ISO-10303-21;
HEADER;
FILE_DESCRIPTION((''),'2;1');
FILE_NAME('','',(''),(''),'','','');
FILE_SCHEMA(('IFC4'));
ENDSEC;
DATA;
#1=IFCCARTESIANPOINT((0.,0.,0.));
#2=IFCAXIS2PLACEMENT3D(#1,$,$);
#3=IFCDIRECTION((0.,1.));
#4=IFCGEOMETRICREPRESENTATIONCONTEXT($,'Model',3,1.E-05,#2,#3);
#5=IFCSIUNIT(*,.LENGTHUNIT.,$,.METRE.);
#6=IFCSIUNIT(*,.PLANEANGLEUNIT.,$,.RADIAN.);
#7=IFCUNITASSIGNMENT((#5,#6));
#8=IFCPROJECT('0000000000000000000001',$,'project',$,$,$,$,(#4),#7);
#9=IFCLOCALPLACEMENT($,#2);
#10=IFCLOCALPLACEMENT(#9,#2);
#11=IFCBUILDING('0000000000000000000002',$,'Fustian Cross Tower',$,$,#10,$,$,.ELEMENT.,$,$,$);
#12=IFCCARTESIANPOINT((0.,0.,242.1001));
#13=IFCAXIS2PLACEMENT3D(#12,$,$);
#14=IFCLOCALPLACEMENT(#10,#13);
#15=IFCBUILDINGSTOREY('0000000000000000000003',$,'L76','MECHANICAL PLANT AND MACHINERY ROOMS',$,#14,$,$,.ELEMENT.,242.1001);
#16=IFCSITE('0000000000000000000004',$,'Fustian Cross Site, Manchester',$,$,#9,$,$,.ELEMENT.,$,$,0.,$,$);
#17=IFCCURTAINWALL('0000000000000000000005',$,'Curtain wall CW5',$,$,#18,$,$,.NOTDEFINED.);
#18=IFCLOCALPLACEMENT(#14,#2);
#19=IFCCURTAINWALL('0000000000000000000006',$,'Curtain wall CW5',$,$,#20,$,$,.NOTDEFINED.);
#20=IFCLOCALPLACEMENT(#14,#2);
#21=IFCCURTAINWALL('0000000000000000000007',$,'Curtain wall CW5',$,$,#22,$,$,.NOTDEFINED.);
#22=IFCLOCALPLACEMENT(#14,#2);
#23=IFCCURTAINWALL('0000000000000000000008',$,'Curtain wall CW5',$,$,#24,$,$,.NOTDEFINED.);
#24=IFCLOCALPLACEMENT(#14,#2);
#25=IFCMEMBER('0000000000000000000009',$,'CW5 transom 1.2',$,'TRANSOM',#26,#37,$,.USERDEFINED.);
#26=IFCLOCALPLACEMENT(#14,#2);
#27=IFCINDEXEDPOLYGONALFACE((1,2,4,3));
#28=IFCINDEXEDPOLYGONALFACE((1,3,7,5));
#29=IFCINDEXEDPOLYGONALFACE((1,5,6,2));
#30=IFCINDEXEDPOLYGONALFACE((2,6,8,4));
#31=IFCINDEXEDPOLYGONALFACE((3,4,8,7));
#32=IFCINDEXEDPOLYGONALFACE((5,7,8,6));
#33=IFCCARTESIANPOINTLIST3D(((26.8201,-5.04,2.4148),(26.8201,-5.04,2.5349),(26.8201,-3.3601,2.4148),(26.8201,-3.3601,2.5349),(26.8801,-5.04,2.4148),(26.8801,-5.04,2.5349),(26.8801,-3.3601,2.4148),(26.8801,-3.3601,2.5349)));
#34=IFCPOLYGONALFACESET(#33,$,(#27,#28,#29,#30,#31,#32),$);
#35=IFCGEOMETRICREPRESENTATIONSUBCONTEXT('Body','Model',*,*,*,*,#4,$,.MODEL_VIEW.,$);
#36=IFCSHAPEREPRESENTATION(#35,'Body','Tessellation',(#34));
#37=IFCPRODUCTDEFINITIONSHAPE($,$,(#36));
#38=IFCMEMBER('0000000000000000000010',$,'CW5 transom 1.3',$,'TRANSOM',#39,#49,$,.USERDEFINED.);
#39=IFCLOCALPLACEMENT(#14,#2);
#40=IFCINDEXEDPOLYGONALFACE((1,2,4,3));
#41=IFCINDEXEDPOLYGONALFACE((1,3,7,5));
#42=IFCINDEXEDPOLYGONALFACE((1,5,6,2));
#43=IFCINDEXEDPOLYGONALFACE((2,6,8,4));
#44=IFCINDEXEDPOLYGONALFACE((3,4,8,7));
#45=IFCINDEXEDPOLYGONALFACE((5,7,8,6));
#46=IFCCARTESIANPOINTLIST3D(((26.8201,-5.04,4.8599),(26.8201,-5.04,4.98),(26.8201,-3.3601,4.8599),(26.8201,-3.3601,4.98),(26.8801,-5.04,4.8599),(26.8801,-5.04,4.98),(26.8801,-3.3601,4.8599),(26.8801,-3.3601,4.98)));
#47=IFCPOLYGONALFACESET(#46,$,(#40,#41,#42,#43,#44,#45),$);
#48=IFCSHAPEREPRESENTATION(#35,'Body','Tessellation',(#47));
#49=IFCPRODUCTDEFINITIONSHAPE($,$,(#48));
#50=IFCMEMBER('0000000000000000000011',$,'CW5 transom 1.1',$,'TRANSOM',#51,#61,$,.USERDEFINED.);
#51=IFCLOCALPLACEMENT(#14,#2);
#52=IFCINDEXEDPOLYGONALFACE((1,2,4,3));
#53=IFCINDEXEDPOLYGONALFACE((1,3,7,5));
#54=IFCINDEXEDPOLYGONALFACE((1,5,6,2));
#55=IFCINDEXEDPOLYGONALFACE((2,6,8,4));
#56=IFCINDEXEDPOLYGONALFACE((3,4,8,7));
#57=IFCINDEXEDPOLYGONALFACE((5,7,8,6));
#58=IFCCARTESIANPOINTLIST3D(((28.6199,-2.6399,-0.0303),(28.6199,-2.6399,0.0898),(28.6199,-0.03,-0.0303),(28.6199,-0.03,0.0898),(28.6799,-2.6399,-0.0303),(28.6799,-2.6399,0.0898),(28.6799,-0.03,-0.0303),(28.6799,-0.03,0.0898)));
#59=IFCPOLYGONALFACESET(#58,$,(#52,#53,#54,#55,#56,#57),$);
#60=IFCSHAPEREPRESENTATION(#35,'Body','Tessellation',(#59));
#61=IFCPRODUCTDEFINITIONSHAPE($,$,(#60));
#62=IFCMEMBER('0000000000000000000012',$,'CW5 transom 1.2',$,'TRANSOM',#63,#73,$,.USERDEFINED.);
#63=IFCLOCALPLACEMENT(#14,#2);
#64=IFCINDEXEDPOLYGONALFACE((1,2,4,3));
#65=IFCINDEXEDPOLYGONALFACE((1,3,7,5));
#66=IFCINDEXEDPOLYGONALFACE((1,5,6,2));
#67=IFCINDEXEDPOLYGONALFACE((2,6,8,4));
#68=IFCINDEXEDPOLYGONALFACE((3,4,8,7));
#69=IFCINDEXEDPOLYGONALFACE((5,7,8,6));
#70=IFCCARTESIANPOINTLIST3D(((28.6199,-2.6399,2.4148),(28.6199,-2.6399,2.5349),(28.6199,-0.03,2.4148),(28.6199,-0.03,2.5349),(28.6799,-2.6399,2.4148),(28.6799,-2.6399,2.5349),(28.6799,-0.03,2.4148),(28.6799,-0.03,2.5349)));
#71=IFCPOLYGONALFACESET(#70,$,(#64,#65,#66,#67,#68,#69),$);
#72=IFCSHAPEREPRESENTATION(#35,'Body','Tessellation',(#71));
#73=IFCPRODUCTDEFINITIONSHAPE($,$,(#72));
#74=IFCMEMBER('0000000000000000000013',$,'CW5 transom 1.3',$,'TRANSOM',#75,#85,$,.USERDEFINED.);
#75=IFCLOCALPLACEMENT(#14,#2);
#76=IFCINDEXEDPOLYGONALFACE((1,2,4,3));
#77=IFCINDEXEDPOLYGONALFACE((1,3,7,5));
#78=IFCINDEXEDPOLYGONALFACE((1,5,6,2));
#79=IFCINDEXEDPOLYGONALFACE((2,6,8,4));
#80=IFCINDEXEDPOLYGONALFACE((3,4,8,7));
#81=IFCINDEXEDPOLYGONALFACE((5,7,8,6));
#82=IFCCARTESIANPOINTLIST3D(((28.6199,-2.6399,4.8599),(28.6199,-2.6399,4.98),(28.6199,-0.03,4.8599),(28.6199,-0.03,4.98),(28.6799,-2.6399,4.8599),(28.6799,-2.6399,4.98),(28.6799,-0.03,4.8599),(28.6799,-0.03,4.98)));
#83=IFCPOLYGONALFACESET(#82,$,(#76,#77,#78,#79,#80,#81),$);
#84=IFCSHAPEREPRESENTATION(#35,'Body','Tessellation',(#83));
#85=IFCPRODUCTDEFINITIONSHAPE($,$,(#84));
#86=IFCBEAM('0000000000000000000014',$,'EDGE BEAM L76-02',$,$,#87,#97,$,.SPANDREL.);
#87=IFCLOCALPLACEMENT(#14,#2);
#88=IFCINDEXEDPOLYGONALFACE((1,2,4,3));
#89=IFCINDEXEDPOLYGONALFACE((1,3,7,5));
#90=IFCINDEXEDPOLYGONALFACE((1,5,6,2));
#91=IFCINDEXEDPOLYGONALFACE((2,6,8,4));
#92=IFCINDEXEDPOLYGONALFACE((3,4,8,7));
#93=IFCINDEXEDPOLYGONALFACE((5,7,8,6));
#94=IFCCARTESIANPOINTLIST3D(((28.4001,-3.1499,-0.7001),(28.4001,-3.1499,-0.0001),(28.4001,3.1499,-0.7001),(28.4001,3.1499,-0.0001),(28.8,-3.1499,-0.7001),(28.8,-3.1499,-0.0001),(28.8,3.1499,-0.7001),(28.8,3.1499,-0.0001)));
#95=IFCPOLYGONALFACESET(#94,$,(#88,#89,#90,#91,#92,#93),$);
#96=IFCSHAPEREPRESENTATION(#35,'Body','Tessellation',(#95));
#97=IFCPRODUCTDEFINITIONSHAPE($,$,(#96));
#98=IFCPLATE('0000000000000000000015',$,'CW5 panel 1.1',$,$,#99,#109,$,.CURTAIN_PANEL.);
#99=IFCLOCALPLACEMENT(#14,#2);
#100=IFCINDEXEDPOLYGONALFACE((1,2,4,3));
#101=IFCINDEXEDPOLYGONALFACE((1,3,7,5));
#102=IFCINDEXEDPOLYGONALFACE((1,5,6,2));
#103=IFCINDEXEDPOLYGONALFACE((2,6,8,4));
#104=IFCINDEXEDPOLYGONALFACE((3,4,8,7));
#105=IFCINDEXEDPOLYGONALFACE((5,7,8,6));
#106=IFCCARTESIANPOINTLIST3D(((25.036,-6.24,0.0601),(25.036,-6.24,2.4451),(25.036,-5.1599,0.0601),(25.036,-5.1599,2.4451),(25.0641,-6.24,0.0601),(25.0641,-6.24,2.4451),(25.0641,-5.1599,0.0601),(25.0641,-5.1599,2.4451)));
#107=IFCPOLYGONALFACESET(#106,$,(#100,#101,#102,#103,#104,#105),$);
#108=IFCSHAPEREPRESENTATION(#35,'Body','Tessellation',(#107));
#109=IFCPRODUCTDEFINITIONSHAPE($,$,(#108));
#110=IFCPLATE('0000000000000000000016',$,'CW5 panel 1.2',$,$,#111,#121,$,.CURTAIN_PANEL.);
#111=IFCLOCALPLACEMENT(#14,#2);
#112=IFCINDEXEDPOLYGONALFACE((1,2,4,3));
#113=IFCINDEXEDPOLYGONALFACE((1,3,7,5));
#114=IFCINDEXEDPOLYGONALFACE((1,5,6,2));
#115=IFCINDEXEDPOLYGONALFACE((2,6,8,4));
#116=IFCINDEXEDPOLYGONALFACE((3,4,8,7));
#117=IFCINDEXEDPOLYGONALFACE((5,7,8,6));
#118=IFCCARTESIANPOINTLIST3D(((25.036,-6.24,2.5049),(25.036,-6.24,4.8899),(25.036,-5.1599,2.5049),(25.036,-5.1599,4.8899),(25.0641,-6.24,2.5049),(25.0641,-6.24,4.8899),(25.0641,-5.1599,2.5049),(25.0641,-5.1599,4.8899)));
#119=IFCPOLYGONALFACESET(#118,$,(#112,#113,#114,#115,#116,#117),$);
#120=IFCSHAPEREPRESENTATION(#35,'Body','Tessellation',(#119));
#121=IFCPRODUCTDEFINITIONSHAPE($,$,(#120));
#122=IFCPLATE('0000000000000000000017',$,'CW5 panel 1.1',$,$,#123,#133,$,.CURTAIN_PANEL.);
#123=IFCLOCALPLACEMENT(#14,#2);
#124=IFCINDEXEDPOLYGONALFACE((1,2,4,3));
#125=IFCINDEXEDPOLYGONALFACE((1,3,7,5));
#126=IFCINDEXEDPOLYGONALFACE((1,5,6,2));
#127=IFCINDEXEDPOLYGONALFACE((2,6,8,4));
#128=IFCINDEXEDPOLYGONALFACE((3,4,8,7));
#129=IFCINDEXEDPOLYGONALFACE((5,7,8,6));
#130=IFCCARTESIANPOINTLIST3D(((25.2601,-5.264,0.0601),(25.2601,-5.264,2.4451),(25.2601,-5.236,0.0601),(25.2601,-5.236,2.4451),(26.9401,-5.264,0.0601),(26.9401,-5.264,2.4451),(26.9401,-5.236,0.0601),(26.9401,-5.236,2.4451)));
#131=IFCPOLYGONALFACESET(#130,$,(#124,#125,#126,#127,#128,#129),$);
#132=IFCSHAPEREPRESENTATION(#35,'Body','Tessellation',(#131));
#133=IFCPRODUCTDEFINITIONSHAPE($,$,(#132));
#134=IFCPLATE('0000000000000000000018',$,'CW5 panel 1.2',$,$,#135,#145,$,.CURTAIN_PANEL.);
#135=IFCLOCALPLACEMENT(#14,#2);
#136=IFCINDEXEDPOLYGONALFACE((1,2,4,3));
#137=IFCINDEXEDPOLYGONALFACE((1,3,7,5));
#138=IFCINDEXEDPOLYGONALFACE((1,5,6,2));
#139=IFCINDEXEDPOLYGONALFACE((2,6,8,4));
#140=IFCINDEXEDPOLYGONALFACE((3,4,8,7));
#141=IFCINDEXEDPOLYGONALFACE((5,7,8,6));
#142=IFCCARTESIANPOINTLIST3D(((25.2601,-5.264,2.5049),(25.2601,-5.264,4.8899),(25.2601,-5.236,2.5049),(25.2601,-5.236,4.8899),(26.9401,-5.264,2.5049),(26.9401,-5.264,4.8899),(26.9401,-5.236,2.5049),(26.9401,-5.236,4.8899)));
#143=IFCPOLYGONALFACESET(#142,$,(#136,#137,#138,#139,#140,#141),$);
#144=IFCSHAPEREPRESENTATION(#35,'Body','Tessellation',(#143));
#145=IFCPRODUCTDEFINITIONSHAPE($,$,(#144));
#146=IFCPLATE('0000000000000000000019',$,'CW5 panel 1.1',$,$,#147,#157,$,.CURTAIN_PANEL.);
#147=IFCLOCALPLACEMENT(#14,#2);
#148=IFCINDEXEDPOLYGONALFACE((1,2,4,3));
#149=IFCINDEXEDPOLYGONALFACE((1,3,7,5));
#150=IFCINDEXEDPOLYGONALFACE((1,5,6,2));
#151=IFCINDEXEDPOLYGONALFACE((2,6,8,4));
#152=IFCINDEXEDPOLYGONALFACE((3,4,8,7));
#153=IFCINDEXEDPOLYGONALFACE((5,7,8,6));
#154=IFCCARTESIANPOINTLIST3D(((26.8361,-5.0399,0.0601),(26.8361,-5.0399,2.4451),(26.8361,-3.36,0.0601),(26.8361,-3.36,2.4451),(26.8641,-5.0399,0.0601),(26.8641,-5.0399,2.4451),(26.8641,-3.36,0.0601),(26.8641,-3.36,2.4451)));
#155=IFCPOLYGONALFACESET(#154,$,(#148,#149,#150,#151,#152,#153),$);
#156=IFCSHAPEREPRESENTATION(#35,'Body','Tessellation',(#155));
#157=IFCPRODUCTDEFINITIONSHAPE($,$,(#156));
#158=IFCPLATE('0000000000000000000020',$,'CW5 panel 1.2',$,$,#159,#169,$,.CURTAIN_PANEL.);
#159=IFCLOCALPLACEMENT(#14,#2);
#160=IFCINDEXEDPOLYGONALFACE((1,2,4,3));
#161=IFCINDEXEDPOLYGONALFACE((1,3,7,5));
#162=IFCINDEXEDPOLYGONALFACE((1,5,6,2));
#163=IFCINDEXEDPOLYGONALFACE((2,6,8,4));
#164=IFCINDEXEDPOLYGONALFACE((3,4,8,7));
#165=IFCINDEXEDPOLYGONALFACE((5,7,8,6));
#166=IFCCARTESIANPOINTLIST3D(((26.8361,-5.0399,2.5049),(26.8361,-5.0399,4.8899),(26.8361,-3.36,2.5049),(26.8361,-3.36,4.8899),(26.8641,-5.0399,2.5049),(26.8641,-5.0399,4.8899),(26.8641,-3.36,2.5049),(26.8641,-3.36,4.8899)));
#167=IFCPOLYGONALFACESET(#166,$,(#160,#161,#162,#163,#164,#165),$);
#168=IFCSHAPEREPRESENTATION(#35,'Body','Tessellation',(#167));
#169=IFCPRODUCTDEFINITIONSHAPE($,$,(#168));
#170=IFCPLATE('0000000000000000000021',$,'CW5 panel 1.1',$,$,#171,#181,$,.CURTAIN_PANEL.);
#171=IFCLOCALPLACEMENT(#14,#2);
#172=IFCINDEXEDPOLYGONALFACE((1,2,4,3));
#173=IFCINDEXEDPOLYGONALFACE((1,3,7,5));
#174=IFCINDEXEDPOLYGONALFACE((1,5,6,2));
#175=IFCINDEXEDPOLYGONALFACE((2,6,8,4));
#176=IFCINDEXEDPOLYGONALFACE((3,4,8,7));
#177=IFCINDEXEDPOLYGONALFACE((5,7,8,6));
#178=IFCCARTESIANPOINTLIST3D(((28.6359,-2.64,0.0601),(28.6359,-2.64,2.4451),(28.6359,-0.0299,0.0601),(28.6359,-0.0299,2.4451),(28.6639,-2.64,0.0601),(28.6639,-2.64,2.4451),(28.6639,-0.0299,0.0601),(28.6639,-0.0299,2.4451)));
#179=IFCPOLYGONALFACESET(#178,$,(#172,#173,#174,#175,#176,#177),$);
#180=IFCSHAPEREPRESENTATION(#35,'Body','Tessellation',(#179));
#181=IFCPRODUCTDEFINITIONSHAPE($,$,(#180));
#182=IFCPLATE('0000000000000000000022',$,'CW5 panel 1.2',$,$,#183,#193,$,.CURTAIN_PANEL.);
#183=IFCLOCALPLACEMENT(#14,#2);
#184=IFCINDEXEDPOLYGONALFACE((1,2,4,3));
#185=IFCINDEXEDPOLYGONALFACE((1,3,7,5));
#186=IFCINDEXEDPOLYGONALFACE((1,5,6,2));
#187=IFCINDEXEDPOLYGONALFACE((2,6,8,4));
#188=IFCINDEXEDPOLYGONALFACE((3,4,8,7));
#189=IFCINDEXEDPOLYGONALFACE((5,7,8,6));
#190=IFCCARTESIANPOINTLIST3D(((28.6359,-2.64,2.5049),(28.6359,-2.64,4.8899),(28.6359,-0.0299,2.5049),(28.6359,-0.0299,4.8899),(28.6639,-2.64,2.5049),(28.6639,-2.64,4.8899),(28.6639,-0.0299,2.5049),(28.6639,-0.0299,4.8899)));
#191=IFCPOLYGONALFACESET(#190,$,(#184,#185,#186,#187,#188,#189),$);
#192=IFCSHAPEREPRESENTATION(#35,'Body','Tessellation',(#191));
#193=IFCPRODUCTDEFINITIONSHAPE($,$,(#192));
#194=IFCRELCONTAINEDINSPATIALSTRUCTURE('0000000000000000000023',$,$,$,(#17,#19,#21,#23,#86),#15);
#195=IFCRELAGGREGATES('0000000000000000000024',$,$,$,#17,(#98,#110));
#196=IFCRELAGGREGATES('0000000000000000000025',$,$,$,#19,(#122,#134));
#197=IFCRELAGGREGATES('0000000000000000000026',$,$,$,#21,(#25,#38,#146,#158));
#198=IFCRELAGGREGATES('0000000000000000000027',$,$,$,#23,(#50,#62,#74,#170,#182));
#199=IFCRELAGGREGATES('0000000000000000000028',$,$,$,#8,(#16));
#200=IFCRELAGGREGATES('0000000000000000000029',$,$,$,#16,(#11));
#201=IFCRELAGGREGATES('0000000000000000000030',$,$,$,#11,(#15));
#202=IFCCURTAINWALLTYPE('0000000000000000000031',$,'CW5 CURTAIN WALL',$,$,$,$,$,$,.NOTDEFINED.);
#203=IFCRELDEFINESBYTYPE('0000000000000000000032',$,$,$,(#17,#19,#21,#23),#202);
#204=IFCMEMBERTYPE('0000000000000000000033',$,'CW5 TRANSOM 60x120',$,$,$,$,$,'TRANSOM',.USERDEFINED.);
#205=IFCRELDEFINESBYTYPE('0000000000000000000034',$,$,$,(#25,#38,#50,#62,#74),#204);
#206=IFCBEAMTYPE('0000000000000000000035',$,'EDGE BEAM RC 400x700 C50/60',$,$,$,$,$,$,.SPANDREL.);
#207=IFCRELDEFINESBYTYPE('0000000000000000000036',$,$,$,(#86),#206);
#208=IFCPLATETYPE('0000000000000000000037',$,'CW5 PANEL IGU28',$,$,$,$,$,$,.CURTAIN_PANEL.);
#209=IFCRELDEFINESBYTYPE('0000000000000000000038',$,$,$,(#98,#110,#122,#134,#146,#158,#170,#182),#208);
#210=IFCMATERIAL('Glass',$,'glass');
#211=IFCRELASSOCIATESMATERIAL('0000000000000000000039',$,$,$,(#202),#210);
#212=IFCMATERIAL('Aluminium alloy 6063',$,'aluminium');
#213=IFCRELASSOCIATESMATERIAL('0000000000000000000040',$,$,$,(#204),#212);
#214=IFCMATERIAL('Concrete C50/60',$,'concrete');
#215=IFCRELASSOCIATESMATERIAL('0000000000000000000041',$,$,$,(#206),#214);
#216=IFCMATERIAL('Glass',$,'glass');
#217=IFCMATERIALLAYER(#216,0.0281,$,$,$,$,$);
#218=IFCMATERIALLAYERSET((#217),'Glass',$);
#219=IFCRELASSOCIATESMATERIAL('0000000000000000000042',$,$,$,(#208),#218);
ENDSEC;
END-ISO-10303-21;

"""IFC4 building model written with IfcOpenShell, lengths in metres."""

from ifc_helpers import new_model, si_unit, direction, frame, origin, origin_2d, place, context, subcontext, project, spatial, rectangle, extrude, material, layer, layer_set, material_profile, profile_set, type_object, element, aggregate, save


model = new_model("IFC4")

# Units and contexts
model_context = context("Model", 3, precision=1e-05, world=origin(), true_north=direction((0.0, 1.0)))
body_context = subcontext(model_context, "Body", "Model", "MODEL_VIEW")
ifc_project = project(units=[si_unit("LENGTHUNIT", "METRE"), si_unit("PLANEANGLEUNIT", "RADIAN")], contexts=[model_context])

# Site, building, storey
site_placement = place(None, origin())
site = spatial("IfcSite", under=ifc_project, at=site_placement, Name="Fustian Cross Site, Manchester", CompositionType="ELEMENT", RefElevation=0.0)
building_placement = place(site_placement, origin())
building = spatial("IfcBuilding", under=site, at=building_placement, Name="Fustian Cross Tower", CompositionType="ELEMENT")
storey_placement = place(building_placement, frame((0.0, 0.0, 242.1001)))
storey = spatial("IfcBuildingStorey", under=building, at=storey_placement, Name="L76", Description="MECHANICAL PLANT AND MACHINERY ROOMS", CompositionType="ELEMENT", Elevation=242.1001)

# Curtain wall
ifc_material_1 = material(Name="Glass", Category="glass")
curtain_wall_type = type_object("IfcCurtainWallType", Name="CW5 CURTAIN WALL", PredefinedType="NOTDEFINED", material=ifc_material_1)
curtain_wall_1_placement = place(storey_placement, origin())
curtain_wall_1 = element("IfcCurtainWall", 1, at=curtain_wall_1_placement, inside=storey, type_object=curtain_wall_type, Name="Curtain wall CW5", PredefinedType="NOTDEFINED")

# Curtain walls
curtain_wall_2_placement = place(storey_placement, origin())
curtain_wall_2 = element("IfcCurtainWall", 2, at=curtain_wall_2_placement, inside=storey, type_object=curtain_wall_type, Name="Curtain wall CW5", PredefinedType="NOTDEFINED")
curtain_wall_3_placement = place(storey_placement, origin())
curtain_wall_3 = element("IfcCurtainWall", 3, at=curtain_wall_3_placement, inside=storey, type_object=curtain_wall_type, Name="Curtain wall CW5", PredefinedType="NOTDEFINED")

# Curtain wall
curtain_wall_4_placement = place(storey_placement, origin())
curtain_wall_4 = element("IfcCurtainWall", 4, at=curtain_wall_4_placement, inside=storey, type_object=curtain_wall_type, Name="Curtain wall CW5", PredefinedType="NOTDEFINED")

# Members
ifc_material_2 = material(Name="Aluminium alloy 6063", Category="aluminium")
ifc_material_profile_1 = material_profile(ifc_material_2, rectangle(XDim=0.0601, YDim=0.1201, at=origin_2d()), Name="CW5 TRANSOM 60x120")
ifc_profile_set_1 = profile_set([ifc_material_profile_1], Name="Aluminium alloy 6063")
member_type_1 = type_object("IfcMemberType", Name="CW5 TRANSOM 60x120", ElementType="TRANSOM", PredefinedType="USERDEFINED", material=ifc_profile_set_1)
member_1_placement = place(storey_placement, frame((26.8501, -5.04, 2.4749), z_axis=(0.0, 1.0, 0.0), x_axis=(-1.0, 0.0, 0.0)))
member_1 = element("IfcMember", 5, at=member_1_placement, type_object=member_type_1, Name="CW5 transom 1.2", ObjectType="TRANSOM", PredefinedType="USERDEFINED", context=body_context, shape_type="SweptSolid", body=[
    extrude(rectangle(XDim=0.0601, YDim=0.1201, at=origin_2d()), origin(), (0.0, 0.0, 1.0), 1.6799),
])
member_2_placement = place(storey_placement, frame((26.8501, -5.04, 4.9199), z_axis=(0.0, 1.0, 0.0), x_axis=(-1.0, 0.0, 0.0)))
member_2 = element("IfcMember", 6, at=member_2_placement, type_object=member_type_1, Name="CW5 transom 1.3", ObjectType="TRANSOM", PredefinedType="USERDEFINED", context=body_context, shape_type="SweptSolid", body=[
    extrude(rectangle(XDim=0.0601, YDim=0.1201, at=origin_2d()), origin(), (0.0, 0.0, 1.0), 1.6799),
])
member_3_placement = place(storey_placement, frame((28.6499, -2.6399, 0.0298), z_axis=(0.0, 1.0, 0.0), x_axis=(-1.0, 0.0, 0.0)))
member_3 = element("IfcMember", 7, at=member_3_placement, type_object=member_type_1, Name="CW5 transom 1.1", ObjectType="TRANSOM", PredefinedType="USERDEFINED", context=body_context, shape_type="SweptSolid", body=[
    extrude(rectangle(XDim=0.0601, YDim=0.1201, at=origin_2d()), origin(), (0.0, 0.0, 1.0), 2.6099),
])
member_4_placement = place(storey_placement, frame((28.6499, -2.6399, 2.4749), z_axis=(0.0, 1.0, 0.0), x_axis=(-1.0, 0.0, 0.0)))
member_4 = element("IfcMember", 8, at=member_4_placement, type_object=member_type_1, Name="CW5 transom 1.2", ObjectType="TRANSOM", PredefinedType="USERDEFINED", context=body_context, shape_type="SweptSolid", body=[
    extrude(rectangle(XDim=0.0601, YDim=0.1201, at=origin_2d()), origin(), (0.0, 0.0, 1.0), 2.6099),
])
member_5_placement = place(storey_placement, frame((28.6499, -2.6399, 4.9199), z_axis=(0.0, 1.0, 0.0), x_axis=(-1.0, 0.0, 0.0)))
member_5 = element("IfcMember", 9, at=member_5_placement, type_object=member_type_1, Name="CW5 transom 1.3", ObjectType="TRANSOM", PredefinedType="USERDEFINED", context=body_context, shape_type="SweptSolid", body=[
    extrude(rectangle(XDim=0.0601, YDim=0.1201, at=origin_2d()), origin(), (0.0, 0.0, 1.0), 2.6099),
])

# Beam
ifc_material_3 = material(Name="Concrete C50/60", Category="concrete")
ifc_material_profile_2 = material_profile(ifc_material_3, rectangle(XDim=0.3999, YDim=0.7, at=origin_2d()), Name="RC 400x700")
ifc_profile_set_2 = profile_set([ifc_material_profile_2], Name="Concrete C50/60")
beam_type = type_object("IfcBeamType", Name="EDGE BEAM RC 400x700 C50/60", PredefinedType="SPANDREL", material=ifc_profile_set_2)
beam_placement = place(storey_placement, frame((28.6001, -3.1499, -0.3501), z_axis=(0.0, 1.0, 0.0), x_axis=(-1.0, 0.0, 0.0)))
element("IfcBeam", 10, at=beam_placement, inside=storey, type_object=beam_type, Name="EDGE BEAM L76-02", PredefinedType="SPANDREL", context=body_context, shape_type="SweptSolid", body=[
    extrude(rectangle(XDim=0.3999, YDim=0.7, at=origin_2d()), origin(), (0.0, 0.0, 1.0), 6.2998),
])

# Plates
ifc_material_4 = material(Name="Glass", Category="glass")
ifc_layer_1 = layer(ifc_material_4, 0.0281)
ifc_layer_set_1 = layer_set([ifc_layer_1], Name="Glass")
plate_type = type_object("IfcPlateType", Name="CW5 PANEL IGU28", PredefinedType="CURTAIN_PANEL", material=ifc_layer_set_1)
plate_1_placement = place(storey_placement, frame((25.05, -5.7, 0.0601), z_axis=(0.0, 0.0, 1.0), x_axis=(0.0, 1.0, 0.0)))
plate_1 = element("IfcPlate", 11, at=plate_1_placement, type_object=plate_type, Name="CW5 panel 1.1", PredefinedType="CURTAIN_PANEL", context=body_context, shape_type="SweptSolid", body=[
    extrude(rectangle(XDim=1.0801, YDim=0.0281, at=origin_2d()), origin(), (0.0, 0.0, 1.0), 2.385),
])
plate_2_placement = place(storey_placement, frame((25.05, -5.7, 2.5049), z_axis=(0.0, 0.0, 1.0), x_axis=(0.0, 1.0, 0.0)))
plate_2 = element("IfcPlate", 12, at=plate_2_placement, type_object=plate_type, Name="CW5 panel 1.2", PredefinedType="CURTAIN_PANEL", context=body_context, shape_type="SweptSolid", body=[
    extrude(rectangle(XDim=1.0801, YDim=0.0281, at=origin_2d()), origin(), (0.0, 0.0, 1.0), 2.385),
])
aggregate(curtain_wall_1, [plate_1, plate_2])
plate_3_placement = place(storey_placement, frame((26.1001, -5.25, 0.0601), z_axis=(0.0, 0.0, 1.0), x_axis=(1.0, 0.0, 0.0)))
plate_3 = element("IfcPlate", 13, at=plate_3_placement, type_object=plate_type, Name="CW5 panel 1.1", PredefinedType="CURTAIN_PANEL", context=body_context, shape_type="SweptSolid", body=[
    extrude(rectangle(XDim=1.6799, YDim=0.0281, at=origin_2d()), origin(), (0.0, 0.0, 1.0), 2.385),
])
plate_4_placement = place(storey_placement, frame((26.1001, -5.25, 2.5049), z_axis=(0.0, 0.0, 1.0), x_axis=(1.0, 0.0, 0.0)))
plate_4 = element("IfcPlate", 14, at=plate_4_placement, type_object=plate_type, Name="CW5 panel 1.2", PredefinedType="CURTAIN_PANEL", context=body_context, shape_type="SweptSolid", body=[
    extrude(rectangle(XDim=1.6799, YDim=0.0281, at=origin_2d()), origin(), (0.0, 0.0, 1.0), 2.385),
])
aggregate(curtain_wall_2, [plate_3, plate_4])
plate_5_placement = place(storey_placement, frame((26.8501, -4.2, 0.0601), z_axis=(0.0, 0.0, 1.0), x_axis=(0.0, 1.0, 0.0)))
plate_5 = element("IfcPlate", 15, at=plate_5_placement, type_object=plate_type, Name="CW5 panel 1.1", PredefinedType="CURTAIN_PANEL", context=body_context, shape_type="SweptSolid", body=[
    extrude(rectangle(XDim=1.6799, YDim=0.0281, at=origin_2d()), origin(), (0.0, 0.0, 1.0), 2.385),
])
plate_6_placement = place(storey_placement, frame((26.8501, -4.2, 2.5049), z_axis=(0.0, 0.0, 1.0), x_axis=(0.0, 1.0, 0.0)))
plate_6 = element("IfcPlate", 16, at=plate_6_placement, type_object=plate_type, Name="CW5 panel 1.2", PredefinedType="CURTAIN_PANEL", context=body_context, shape_type="SweptSolid", body=[
    extrude(rectangle(XDim=1.6799, YDim=0.0281, at=origin_2d()), origin(), (0.0, 0.0, 1.0), 2.385),
])
aggregate(curtain_wall_3, [member_1, member_2, plate_5, plate_6])
plate_7_placement = place(storey_placement, frame((28.6499, -1.335, 0.0601), z_axis=(0.0, 0.0, 1.0), x_axis=(0.0, 1.0, 0.0)))
plate_7 = element("IfcPlate", 17, at=plate_7_placement, type_object=plate_type, Name="CW5 panel 1.1", PredefinedType="CURTAIN_PANEL", context=body_context, shape_type="SweptSolid", body=[
    extrude(rectangle(XDim=2.6101, YDim=0.0281, at=origin_2d()), origin(), (0.0, 0.0, 1.0), 2.385),
])
plate_8_placement = place(storey_placement, frame((28.6499, -1.335, 2.5049), z_axis=(0.0, 0.0, 1.0), x_axis=(0.0, 1.0, 0.0)))
plate_8 = element("IfcPlate", 18, at=plate_8_placement, type_object=plate_type, Name="CW5 panel 1.2", PredefinedType="CURTAIN_PANEL", context=body_context, shape_type="SweptSolid", body=[
    extrude(rectangle(XDim=2.6101, YDim=0.0281, at=origin_2d()), origin(), (0.0, 0.0, 1.0), 2.385),
])
aggregate(curtain_wall_4, [member_3, member_4, member_5, plate_7, plate_8])

save(model, "model.ifc")
